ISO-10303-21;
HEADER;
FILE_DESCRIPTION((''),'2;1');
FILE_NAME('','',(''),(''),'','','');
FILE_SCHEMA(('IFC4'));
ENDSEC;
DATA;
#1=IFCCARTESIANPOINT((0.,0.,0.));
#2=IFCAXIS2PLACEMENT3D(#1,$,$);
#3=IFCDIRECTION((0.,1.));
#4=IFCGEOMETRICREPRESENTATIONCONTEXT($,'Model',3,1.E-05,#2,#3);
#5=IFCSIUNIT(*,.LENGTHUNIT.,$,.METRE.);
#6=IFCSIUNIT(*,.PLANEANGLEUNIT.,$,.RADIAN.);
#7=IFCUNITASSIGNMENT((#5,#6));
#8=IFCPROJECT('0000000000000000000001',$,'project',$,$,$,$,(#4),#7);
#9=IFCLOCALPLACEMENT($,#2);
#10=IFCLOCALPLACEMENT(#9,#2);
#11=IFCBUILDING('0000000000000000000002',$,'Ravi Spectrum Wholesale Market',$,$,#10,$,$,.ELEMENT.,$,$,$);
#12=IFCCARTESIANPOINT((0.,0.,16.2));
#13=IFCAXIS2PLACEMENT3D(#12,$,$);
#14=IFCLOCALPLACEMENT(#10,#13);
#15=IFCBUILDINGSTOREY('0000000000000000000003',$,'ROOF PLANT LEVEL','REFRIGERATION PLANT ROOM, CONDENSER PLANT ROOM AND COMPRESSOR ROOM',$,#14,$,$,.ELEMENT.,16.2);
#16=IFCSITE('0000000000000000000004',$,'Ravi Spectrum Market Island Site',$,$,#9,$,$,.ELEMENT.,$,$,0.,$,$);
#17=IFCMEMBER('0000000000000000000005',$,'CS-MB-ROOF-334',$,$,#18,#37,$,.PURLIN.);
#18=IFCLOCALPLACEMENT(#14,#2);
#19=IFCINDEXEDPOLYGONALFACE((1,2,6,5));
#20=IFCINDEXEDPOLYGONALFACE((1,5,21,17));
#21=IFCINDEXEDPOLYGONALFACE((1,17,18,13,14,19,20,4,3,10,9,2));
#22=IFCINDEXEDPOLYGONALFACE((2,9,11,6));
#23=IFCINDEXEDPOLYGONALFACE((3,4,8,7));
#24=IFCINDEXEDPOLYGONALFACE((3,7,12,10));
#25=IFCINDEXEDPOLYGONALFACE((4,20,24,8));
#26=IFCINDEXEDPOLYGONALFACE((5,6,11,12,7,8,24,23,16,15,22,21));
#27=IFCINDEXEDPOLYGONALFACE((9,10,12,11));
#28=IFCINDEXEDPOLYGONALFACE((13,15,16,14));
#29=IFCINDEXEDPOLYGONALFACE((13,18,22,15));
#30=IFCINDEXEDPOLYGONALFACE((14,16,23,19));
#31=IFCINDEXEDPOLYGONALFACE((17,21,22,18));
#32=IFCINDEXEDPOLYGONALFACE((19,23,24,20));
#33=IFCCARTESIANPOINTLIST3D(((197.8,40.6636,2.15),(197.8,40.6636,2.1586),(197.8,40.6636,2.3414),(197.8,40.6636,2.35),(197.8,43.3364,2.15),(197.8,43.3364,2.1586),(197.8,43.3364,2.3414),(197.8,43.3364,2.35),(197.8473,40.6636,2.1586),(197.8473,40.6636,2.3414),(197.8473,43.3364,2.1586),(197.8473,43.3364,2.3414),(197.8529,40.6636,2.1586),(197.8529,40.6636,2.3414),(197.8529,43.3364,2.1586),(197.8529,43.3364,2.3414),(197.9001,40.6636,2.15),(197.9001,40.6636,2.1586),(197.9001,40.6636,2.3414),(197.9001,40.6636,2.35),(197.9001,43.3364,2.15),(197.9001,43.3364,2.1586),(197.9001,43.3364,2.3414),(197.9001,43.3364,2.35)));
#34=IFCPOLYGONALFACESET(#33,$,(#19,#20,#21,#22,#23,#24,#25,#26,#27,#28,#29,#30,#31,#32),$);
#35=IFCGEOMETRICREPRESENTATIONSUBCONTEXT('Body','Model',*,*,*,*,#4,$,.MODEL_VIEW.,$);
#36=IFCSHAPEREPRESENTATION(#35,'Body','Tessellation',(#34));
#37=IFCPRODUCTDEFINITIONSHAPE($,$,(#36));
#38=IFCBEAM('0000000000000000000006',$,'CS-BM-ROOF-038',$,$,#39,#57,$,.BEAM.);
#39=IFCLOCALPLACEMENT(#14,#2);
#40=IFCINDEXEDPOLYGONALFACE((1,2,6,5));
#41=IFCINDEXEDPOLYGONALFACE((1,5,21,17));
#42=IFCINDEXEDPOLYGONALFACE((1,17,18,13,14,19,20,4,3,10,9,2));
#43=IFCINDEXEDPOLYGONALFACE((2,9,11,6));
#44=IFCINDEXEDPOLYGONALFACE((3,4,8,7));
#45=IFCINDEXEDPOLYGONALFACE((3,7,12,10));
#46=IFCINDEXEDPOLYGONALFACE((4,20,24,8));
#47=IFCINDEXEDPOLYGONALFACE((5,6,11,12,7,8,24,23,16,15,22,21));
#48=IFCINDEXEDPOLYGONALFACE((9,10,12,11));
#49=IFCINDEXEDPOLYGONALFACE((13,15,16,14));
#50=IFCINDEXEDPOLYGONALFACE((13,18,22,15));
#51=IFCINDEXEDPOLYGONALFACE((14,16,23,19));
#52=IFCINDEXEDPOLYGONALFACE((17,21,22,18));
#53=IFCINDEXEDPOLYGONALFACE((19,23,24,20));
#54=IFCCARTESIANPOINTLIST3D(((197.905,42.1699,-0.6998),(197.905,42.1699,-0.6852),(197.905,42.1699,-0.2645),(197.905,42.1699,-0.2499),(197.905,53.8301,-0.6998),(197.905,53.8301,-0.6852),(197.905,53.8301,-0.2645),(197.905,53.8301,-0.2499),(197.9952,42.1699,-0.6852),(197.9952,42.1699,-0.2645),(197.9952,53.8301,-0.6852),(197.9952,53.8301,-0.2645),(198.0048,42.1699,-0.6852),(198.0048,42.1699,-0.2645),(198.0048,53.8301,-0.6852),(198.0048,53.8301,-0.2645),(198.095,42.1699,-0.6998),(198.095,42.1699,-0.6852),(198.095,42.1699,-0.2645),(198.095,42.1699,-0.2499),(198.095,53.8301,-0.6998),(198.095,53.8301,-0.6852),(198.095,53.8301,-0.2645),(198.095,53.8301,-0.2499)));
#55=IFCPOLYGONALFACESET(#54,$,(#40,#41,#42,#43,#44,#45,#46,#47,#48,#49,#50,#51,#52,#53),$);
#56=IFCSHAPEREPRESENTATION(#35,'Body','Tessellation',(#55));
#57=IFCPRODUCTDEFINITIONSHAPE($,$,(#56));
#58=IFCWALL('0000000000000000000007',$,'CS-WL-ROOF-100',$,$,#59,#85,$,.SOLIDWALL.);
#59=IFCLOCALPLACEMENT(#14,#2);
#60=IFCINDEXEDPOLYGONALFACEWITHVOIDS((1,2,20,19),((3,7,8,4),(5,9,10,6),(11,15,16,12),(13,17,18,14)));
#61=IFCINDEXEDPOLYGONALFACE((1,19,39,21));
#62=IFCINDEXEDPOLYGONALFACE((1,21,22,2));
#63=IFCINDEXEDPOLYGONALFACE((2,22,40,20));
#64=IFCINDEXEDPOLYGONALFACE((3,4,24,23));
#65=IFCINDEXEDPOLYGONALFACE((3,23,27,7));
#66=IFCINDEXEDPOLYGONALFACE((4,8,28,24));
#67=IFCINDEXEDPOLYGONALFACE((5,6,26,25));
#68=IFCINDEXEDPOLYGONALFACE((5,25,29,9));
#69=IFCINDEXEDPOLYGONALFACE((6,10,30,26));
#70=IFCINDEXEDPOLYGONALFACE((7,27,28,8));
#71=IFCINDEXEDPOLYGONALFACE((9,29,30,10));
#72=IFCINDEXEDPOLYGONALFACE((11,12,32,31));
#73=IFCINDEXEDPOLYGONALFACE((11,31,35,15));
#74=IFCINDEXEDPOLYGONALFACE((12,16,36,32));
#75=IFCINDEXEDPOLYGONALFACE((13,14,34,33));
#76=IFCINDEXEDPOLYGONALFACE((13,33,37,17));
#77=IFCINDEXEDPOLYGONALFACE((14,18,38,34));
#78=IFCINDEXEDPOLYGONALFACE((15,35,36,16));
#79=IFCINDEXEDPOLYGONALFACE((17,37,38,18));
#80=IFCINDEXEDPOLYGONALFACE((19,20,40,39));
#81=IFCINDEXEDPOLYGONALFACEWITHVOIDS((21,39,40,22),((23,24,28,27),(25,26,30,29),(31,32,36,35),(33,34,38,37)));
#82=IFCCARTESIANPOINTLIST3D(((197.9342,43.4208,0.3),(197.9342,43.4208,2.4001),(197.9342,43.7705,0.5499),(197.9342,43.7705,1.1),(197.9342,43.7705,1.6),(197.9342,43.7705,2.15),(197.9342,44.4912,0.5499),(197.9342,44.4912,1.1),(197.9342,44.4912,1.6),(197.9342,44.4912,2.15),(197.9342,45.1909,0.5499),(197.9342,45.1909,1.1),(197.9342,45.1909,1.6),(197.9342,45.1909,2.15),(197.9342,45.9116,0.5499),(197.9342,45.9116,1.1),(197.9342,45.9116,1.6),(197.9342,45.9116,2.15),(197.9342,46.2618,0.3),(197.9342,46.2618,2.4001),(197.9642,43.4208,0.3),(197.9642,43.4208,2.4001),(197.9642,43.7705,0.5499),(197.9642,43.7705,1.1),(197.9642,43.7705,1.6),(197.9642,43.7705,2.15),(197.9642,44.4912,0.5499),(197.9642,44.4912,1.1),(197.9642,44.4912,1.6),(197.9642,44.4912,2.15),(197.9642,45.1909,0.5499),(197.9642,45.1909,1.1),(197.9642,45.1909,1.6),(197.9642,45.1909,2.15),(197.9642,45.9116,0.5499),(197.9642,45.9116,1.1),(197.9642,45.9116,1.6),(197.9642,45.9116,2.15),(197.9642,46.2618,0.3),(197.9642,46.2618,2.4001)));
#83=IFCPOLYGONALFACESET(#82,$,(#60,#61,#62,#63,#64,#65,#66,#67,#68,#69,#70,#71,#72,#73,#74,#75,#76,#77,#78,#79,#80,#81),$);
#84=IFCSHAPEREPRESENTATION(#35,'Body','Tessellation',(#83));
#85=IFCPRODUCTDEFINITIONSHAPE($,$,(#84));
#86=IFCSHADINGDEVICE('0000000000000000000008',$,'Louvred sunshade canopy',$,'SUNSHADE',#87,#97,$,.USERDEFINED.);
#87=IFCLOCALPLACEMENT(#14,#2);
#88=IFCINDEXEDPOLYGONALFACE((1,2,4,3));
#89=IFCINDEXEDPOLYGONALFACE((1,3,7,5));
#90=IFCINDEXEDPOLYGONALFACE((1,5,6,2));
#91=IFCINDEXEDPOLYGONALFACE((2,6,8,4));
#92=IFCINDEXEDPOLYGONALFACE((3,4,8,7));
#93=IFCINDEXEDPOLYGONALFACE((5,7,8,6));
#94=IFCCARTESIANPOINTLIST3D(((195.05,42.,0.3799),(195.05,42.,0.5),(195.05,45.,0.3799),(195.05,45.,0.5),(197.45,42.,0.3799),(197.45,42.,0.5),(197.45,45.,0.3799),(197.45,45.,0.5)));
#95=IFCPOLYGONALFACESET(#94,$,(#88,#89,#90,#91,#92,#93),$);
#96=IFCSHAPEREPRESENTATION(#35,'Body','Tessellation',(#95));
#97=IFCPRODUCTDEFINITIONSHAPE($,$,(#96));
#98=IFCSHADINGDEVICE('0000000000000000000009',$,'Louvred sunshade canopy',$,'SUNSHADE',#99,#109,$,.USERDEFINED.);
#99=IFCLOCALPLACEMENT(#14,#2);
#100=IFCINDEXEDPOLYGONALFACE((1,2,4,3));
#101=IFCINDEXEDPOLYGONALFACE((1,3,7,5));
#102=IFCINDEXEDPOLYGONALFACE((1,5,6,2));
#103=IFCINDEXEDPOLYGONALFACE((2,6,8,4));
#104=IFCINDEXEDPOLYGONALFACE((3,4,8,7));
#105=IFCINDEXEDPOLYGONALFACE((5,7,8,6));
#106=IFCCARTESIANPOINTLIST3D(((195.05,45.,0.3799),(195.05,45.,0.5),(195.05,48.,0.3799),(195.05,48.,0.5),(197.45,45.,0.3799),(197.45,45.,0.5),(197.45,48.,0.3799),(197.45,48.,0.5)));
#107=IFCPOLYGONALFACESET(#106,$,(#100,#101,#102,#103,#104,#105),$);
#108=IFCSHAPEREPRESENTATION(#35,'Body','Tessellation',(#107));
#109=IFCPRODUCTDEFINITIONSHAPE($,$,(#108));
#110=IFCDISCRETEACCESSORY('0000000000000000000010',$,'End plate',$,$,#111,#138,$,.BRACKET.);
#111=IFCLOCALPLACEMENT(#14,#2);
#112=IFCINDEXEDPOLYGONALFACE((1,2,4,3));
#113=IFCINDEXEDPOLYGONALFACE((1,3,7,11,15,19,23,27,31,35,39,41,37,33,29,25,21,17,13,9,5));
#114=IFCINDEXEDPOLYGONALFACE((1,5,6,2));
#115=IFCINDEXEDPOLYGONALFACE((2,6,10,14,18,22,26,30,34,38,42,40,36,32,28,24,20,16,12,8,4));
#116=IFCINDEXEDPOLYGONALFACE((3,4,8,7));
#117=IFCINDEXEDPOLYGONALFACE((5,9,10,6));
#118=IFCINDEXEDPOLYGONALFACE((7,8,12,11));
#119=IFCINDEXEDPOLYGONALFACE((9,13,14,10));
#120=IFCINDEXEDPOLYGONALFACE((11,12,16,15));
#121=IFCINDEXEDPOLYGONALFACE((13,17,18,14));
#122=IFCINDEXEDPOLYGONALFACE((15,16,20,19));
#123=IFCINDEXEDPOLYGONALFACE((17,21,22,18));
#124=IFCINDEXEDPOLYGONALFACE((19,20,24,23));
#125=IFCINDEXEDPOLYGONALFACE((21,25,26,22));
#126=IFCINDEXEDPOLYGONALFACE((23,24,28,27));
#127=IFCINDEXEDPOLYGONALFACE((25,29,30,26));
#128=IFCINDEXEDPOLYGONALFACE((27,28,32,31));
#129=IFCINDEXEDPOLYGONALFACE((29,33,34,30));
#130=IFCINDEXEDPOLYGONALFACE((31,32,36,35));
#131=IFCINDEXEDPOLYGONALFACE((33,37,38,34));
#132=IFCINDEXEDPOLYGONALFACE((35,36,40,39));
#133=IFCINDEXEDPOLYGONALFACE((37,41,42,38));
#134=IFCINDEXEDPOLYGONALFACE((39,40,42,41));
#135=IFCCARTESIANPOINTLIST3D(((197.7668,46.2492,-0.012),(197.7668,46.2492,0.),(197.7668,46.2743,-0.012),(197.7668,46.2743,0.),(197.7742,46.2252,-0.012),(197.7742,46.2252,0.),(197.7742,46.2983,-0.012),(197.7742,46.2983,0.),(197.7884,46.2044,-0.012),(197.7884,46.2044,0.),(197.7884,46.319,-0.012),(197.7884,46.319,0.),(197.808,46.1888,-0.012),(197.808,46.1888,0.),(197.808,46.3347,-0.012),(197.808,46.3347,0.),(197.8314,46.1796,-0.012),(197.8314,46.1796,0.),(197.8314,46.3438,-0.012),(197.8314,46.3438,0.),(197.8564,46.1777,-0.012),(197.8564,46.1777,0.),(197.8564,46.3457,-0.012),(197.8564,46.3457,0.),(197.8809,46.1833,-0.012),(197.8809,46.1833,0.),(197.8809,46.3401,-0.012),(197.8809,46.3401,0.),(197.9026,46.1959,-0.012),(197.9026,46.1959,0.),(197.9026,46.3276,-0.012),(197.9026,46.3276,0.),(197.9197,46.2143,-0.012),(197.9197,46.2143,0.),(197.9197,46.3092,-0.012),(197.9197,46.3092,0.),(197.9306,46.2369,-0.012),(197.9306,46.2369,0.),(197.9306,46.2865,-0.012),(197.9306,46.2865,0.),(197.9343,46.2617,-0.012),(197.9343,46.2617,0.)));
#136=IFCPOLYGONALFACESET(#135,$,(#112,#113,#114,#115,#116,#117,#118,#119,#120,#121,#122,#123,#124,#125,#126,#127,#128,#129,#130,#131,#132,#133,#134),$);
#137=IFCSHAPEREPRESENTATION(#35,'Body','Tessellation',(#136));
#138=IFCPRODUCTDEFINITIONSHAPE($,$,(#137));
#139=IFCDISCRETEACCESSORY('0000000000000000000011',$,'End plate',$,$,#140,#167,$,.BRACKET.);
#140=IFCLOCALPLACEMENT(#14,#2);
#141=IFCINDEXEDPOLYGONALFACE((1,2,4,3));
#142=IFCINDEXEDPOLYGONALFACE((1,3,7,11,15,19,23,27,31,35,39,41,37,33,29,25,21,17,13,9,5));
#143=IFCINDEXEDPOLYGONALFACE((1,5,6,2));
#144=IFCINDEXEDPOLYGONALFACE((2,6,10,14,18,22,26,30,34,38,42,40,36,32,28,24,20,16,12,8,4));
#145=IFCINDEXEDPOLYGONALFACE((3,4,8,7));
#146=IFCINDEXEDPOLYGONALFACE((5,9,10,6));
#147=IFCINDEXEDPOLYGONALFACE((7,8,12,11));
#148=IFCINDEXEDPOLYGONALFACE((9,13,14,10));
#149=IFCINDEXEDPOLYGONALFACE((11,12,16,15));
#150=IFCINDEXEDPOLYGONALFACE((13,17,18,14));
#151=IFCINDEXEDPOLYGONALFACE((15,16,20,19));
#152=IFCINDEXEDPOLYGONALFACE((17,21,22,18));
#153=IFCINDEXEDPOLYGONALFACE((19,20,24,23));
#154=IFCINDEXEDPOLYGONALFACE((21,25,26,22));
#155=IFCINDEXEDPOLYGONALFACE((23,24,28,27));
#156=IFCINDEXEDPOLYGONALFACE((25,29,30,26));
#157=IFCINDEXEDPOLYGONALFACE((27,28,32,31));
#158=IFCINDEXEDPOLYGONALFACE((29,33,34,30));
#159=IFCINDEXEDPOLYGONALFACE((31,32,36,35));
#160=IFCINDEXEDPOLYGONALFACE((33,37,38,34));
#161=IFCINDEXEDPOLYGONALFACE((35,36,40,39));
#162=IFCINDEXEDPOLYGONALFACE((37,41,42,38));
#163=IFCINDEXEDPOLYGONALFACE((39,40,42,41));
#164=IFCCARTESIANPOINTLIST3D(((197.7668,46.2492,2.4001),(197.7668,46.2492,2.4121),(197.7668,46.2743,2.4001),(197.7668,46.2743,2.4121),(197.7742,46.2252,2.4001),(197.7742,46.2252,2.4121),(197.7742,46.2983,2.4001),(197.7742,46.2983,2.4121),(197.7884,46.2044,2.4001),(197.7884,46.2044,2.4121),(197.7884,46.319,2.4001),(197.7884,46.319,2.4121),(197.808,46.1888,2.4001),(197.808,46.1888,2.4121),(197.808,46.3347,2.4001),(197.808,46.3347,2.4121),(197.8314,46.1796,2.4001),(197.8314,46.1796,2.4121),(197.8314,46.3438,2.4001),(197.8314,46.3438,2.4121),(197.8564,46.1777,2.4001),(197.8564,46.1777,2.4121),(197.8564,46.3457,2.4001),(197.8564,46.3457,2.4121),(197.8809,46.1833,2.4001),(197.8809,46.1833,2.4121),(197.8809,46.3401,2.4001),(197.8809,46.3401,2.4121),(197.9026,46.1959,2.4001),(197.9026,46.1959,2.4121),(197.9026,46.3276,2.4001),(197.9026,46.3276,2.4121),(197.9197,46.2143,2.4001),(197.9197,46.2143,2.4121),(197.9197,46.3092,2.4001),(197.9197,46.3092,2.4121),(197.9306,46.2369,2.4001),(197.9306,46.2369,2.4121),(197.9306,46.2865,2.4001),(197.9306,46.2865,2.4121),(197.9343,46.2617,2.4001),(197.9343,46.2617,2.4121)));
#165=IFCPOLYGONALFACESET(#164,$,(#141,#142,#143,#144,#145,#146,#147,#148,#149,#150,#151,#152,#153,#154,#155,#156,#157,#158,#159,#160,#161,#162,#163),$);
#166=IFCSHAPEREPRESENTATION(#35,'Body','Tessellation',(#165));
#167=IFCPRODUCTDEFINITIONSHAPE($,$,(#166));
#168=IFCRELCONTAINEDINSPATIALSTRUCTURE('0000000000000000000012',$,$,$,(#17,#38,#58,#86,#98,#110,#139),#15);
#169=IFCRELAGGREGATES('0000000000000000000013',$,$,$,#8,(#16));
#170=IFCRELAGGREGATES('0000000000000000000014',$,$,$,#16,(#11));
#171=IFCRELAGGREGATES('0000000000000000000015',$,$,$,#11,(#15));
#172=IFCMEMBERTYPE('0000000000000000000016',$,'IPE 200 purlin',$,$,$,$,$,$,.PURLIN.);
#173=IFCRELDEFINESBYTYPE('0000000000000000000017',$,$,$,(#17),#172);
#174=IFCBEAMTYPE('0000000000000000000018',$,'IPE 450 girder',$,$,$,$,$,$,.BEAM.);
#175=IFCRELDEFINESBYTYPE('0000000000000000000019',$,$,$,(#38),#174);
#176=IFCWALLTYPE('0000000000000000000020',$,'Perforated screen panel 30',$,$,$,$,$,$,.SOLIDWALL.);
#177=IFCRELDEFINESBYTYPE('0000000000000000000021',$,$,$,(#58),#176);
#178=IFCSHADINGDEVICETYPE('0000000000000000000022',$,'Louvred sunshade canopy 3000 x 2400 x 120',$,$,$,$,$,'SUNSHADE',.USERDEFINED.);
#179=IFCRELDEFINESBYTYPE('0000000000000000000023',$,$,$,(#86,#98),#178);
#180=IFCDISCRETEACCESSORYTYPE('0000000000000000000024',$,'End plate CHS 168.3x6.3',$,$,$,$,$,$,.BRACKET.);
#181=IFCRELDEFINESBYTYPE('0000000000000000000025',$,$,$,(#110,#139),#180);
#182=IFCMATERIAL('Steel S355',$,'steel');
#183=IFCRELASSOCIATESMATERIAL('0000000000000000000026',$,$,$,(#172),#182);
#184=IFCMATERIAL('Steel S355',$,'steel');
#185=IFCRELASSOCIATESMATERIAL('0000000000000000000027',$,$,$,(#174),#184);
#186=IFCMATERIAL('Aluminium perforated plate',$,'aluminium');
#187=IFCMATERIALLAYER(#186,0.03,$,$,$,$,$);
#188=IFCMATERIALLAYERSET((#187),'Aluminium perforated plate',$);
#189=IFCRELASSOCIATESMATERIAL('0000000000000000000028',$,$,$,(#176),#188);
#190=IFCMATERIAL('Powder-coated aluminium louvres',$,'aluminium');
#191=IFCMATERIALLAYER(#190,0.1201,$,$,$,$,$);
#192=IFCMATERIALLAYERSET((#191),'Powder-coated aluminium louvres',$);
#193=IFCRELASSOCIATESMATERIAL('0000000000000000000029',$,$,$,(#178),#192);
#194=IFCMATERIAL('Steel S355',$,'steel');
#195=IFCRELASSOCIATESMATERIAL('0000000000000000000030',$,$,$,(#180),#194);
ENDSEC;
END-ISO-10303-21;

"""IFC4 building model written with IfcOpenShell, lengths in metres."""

from ifc_helpers import new_model, si_unit, direction, frame, frame_2d, origin, origin_2d, place, context, subcontext, project, spatial, rectangle, circle, i_section, extrude, material, layer, layer_set, material_profile, profile_set, type_object, element, save


model = new_model("IFC4")

# Units and contexts
model_context = context("Model", 3, precision=1e-05, world=origin(), true_north=direction((0.0, 1.0)))
body_context = subcontext(model_context, "Body", "Model", "MODEL_VIEW")
ifc_project = project(units=[si_unit("LENGTHUNIT", "METRE"), si_unit("PLANEANGLEUNIT", "RADIAN")], contexts=[model_context])

# Site, building, storey
site_placement = place(None, origin())
site = spatial("IfcSite", under=ifc_project, at=site_placement, Name="Ravi Spectrum Market Island Site", CompositionType="ELEMENT", RefElevation=0.0)
building_placement = place(site_placement, origin())
building = spatial("IfcBuilding", under=site, at=building_placement, Name="Ravi Spectrum Wholesale Market", CompositionType="ELEMENT")
storey_placement = place(building_placement, frame((0.0, 0.0, 16.2)))
storey = spatial("IfcBuildingStorey", under=building, at=storey_placement, Name="ROOF PLANT LEVEL", Description="REFRIGERATION PLANT ROOM, CONDENSER PLANT ROOM AND COMPRESSOR ROOM", CompositionType="ELEMENT", Elevation=16.2)

# Member
ifc_material_1 = material(Name="Steel S355", Category="steel")
ifc_material_profile_1 = material_profile(ifc_material_1, i_section(OverallWidth=0.1001, OverallDepth=0.2, WebThickness=0.0056, FlangeThickness=0.0085, at=origin_2d()))
ifc_profile_set_1 = profile_set([ifc_material_profile_1], Name="Steel S355")
member_type_1 = type_object("IfcMemberType", Name="IPE 200 purlin", PredefinedType="PURLIN", material=ifc_profile_set_1)
for number, where, z_axis, x_axis, name in (
    (1, (197.8501, 43.3364, 2.25), (0.0, -1.0, 0.0), (1.0, 0.0, 0.0), "CS-MB-ROOF-334"),
):
    element("IfcMember", number, at=place(storey_placement, frame(where, z_axis=z_axis, x_axis=x_axis)), inside=storey, type_object=member_type_1, Name=name, PredefinedType="PURLIN", context=body_context, shape_type="SweptSolid", body=[
        extrude(i_section(OverallWidth=0.1001, OverallDepth=0.2, WebThickness=0.0056, FlangeThickness=0.0085, at=origin_2d()), origin(), (0.0, 0.0, 1.0), 2.6729),
    ])

# Beam
ifc_material_2 = material(Name="Steel S355", Category="steel")
ifc_material_profile_2 = material_profile(ifc_material_2, i_section(OverallWidth=0.1899, OverallDepth=0.45, WebThickness=0.0095, FlangeThickness=0.0146, at=origin_2d()))
ifc_profile_set_2 = profile_set([ifc_material_profile_2], Name="Steel S355")
beam_type = type_object("IfcBeamType", Name="IPE 450 girder", PredefinedType="BEAM", material=ifc_profile_set_2)
beam_placement = place(storey_placement, frame((198.0, 42.1699, -0.4749), z_axis=(0.0, 1.0, 0.0), x_axis=(-1.0, 0.0, 0.0)))
element("IfcBeam", 2, at=beam_placement, inside=storey, type_object=beam_type, Name="CS-BM-ROOF-038", PredefinedType="BEAM", context=body_context, shape_type="SweptSolid", body=[
    extrude(i_section(OverallWidth=0.1899, OverallDepth=0.45, WebThickness=0.0095, FlangeThickness=0.0146, at=origin_2d()), origin(), (0.0, 0.0, 1.0), 11.6602),
])

# Wall, openings
ifc_material_3 = material(Name="Aluminium perforated plate", Category="aluminium")
ifc_layer_1 = layer(ifc_material_3, 0.03)
ifc_layer_set_1 = layer_set([ifc_layer_1], Name="Aluminium perforated plate")
wall_type = type_object("IfcWallType", Name="Perforated screen panel 30", PredefinedType="SOLIDWALL", material=ifc_layer_set_1)
wall_placement = place(storey_placement, frame((197.9492, 46.2617, 0.3), z_axis=(0.0, 0.0, 1.0), x_axis=(0.0, -1.0, 0.0)))
wall = element("IfcWall", 3, at=wall_placement, inside=storey, type_object=wall_type, Name="CS-WL-ROOF-100", PredefinedType="SOLIDWALL", context=body_context, shape_type="SweptSolid", body=[
    extrude(rectangle(XDim=2.8411, YDim=0.03, at=frame_2d((1.4204, 0.0))), origin(), (0.0, 0.0, 1.0), 2.1001),
])
opening_1_placement = place(wall_placement, frame((0.3501, 0.0, 0.25)))
element("IfcOpeningElement", 4, at=opening_1_placement, cuts=wall, PredefinedType="OPENING", context=body_context, shape_type="SweptSolid", body=[
    extrude(rectangle(XDim=0.7207, YDim=0.55, at=frame_2d((0.3604, 0.2749))), frame((0.0, 0.0249, 0.0), z_axis=(0.0, -1.0, 0.0), x_axis=(1.0, 0.0, 0.0)), (0.0, 0.0, 1.0), 0.05),
])
opening_2_placement = place(wall_placement, frame((0.3501, 0.0, 1.3)))
element("IfcOpeningElement", 5, at=opening_2_placement, cuts=wall, PredefinedType="OPENING", context=body_context, shape_type="SweptSolid", body=[
    extrude(rectangle(XDim=0.7207, YDim=0.55, at=frame_2d((0.3604, 0.2749))), frame((0.0, 0.0249, 0.0), z_axis=(0.0, -1.0, 0.0), x_axis=(1.0, 0.0, 0.0)), (0.0, 0.0, 1.0), 0.05),
])
opening_3_placement = place(wall_placement, frame((1.7705, 0.0, 0.25)))
element("IfcOpeningElement", 6, at=opening_3_placement, cuts=wall, PredefinedType="OPENING", context=body_context, shape_type="SweptSolid", body=[
    extrude(rectangle(XDim=0.7207, YDim=0.55, at=frame_2d((0.3604, 0.2749))), frame((0.0, 0.0249, 0.0), z_axis=(0.0, -1.0, 0.0), x_axis=(1.0, 0.0, 0.0)), (0.0, 0.0, 1.0), 0.05),
])
opening_4_placement = place(wall_placement, frame((1.7705, 0.0, 1.3)))
element("IfcOpeningElement", 7, at=opening_4_placement, cuts=wall, PredefinedType="OPENING", context=body_context, shape_type="SweptSolid", body=[
    extrude(rectangle(XDim=0.7207, YDim=0.55, at=frame_2d((0.3604, 0.2749))), frame((0.0, 0.0249, 0.0), z_axis=(0.0, -1.0, 0.0), x_axis=(1.0, 0.0, 0.0)), (0.0, 0.0, 1.0), 0.05),
])

# Shading devices
ifc_material_4 = material(Name="Powder-coated aluminium louvres", Category="aluminium")
ifc_layer_2 = layer(ifc_material_4, 0.1201)
ifc_layer_set_2 = layer_set([ifc_layer_2], Name="Powder-coated aluminium louvres")
shading_device_type = type_object("IfcShadingDeviceType", Name="Louvred sunshade canopy 3000 x 2400 x 120", ElementType="SUNSHADE", PredefinedType="USERDEFINED", material=ifc_layer_set_2)
for number, where, z_axis, x_axis, name in (
    (8, (196.25, 43.5, 0.3799), (0.0, 0.0, 1.0), (1.0, 0.0, 0.0), "Louvred sunshade canopy"),
    (9, (196.25, 46.5, 0.3799), (0.0, 0.0, 1.0), (1.0, 0.0, 0.0), "Louvred sunshade canopy"),
):
    element("IfcShadingDevice", number, at=place(storey_placement, frame(where, z_axis=z_axis, x_axis=x_axis)), inside=storey, type_object=shading_device_type, Name=name, ObjectType="SUNSHADE", PredefinedType="USERDEFINED", context=body_context, shape_type="SweptSolid", body=[
        extrude(rectangle(XDim=2.3999, YDim=3.0, at=origin_2d()), origin(), (0.0, 0.0, 1.0), 0.1201),
    ])

# Discrete accessories
ifc_material_5 = material(Name="Steel S355", Category="steel")
ifc_material_profile_3 = material_profile(ifc_material_5, circle(Radius=0.0842, at=origin_2d()))
ifc_profile_set_3 = profile_set([ifc_material_profile_3], Name="Steel S355")
discrete_accessory_type_1 = type_object("IfcDiscreteAccessoryType", Name="End plate CHS 168.3x6.3", PredefinedType="BRACKET", material=ifc_profile_set_3)
for number, where, z_axis, x_axis, name in (
    (10, (197.8501, 46.2617, 0.0), (0.0, 0.0, -1.0), (1.0, 0.0, 0.0), "End plate"),
    (11, (197.8501, 46.2617, 2.4001), (0.0, 0.0, 1.0), (1.0, 0.0, 0.0), "End plate"),
):
    element("IfcDiscreteAccessory", number, at=place(storey_placement, frame(where, z_axis=z_axis, x_axis=x_axis)), inside=storey, type_object=discrete_accessory_type_1, Name=name, PredefinedType="BRACKET", context=body_context, shape_type="SweptSolid", body=[
        extrude(circle(Radius=0.0842, at=origin_2d()), origin(), (0.0, 0.0, 1.0), 0.012),
    ])

save(model, "model.ifc")
